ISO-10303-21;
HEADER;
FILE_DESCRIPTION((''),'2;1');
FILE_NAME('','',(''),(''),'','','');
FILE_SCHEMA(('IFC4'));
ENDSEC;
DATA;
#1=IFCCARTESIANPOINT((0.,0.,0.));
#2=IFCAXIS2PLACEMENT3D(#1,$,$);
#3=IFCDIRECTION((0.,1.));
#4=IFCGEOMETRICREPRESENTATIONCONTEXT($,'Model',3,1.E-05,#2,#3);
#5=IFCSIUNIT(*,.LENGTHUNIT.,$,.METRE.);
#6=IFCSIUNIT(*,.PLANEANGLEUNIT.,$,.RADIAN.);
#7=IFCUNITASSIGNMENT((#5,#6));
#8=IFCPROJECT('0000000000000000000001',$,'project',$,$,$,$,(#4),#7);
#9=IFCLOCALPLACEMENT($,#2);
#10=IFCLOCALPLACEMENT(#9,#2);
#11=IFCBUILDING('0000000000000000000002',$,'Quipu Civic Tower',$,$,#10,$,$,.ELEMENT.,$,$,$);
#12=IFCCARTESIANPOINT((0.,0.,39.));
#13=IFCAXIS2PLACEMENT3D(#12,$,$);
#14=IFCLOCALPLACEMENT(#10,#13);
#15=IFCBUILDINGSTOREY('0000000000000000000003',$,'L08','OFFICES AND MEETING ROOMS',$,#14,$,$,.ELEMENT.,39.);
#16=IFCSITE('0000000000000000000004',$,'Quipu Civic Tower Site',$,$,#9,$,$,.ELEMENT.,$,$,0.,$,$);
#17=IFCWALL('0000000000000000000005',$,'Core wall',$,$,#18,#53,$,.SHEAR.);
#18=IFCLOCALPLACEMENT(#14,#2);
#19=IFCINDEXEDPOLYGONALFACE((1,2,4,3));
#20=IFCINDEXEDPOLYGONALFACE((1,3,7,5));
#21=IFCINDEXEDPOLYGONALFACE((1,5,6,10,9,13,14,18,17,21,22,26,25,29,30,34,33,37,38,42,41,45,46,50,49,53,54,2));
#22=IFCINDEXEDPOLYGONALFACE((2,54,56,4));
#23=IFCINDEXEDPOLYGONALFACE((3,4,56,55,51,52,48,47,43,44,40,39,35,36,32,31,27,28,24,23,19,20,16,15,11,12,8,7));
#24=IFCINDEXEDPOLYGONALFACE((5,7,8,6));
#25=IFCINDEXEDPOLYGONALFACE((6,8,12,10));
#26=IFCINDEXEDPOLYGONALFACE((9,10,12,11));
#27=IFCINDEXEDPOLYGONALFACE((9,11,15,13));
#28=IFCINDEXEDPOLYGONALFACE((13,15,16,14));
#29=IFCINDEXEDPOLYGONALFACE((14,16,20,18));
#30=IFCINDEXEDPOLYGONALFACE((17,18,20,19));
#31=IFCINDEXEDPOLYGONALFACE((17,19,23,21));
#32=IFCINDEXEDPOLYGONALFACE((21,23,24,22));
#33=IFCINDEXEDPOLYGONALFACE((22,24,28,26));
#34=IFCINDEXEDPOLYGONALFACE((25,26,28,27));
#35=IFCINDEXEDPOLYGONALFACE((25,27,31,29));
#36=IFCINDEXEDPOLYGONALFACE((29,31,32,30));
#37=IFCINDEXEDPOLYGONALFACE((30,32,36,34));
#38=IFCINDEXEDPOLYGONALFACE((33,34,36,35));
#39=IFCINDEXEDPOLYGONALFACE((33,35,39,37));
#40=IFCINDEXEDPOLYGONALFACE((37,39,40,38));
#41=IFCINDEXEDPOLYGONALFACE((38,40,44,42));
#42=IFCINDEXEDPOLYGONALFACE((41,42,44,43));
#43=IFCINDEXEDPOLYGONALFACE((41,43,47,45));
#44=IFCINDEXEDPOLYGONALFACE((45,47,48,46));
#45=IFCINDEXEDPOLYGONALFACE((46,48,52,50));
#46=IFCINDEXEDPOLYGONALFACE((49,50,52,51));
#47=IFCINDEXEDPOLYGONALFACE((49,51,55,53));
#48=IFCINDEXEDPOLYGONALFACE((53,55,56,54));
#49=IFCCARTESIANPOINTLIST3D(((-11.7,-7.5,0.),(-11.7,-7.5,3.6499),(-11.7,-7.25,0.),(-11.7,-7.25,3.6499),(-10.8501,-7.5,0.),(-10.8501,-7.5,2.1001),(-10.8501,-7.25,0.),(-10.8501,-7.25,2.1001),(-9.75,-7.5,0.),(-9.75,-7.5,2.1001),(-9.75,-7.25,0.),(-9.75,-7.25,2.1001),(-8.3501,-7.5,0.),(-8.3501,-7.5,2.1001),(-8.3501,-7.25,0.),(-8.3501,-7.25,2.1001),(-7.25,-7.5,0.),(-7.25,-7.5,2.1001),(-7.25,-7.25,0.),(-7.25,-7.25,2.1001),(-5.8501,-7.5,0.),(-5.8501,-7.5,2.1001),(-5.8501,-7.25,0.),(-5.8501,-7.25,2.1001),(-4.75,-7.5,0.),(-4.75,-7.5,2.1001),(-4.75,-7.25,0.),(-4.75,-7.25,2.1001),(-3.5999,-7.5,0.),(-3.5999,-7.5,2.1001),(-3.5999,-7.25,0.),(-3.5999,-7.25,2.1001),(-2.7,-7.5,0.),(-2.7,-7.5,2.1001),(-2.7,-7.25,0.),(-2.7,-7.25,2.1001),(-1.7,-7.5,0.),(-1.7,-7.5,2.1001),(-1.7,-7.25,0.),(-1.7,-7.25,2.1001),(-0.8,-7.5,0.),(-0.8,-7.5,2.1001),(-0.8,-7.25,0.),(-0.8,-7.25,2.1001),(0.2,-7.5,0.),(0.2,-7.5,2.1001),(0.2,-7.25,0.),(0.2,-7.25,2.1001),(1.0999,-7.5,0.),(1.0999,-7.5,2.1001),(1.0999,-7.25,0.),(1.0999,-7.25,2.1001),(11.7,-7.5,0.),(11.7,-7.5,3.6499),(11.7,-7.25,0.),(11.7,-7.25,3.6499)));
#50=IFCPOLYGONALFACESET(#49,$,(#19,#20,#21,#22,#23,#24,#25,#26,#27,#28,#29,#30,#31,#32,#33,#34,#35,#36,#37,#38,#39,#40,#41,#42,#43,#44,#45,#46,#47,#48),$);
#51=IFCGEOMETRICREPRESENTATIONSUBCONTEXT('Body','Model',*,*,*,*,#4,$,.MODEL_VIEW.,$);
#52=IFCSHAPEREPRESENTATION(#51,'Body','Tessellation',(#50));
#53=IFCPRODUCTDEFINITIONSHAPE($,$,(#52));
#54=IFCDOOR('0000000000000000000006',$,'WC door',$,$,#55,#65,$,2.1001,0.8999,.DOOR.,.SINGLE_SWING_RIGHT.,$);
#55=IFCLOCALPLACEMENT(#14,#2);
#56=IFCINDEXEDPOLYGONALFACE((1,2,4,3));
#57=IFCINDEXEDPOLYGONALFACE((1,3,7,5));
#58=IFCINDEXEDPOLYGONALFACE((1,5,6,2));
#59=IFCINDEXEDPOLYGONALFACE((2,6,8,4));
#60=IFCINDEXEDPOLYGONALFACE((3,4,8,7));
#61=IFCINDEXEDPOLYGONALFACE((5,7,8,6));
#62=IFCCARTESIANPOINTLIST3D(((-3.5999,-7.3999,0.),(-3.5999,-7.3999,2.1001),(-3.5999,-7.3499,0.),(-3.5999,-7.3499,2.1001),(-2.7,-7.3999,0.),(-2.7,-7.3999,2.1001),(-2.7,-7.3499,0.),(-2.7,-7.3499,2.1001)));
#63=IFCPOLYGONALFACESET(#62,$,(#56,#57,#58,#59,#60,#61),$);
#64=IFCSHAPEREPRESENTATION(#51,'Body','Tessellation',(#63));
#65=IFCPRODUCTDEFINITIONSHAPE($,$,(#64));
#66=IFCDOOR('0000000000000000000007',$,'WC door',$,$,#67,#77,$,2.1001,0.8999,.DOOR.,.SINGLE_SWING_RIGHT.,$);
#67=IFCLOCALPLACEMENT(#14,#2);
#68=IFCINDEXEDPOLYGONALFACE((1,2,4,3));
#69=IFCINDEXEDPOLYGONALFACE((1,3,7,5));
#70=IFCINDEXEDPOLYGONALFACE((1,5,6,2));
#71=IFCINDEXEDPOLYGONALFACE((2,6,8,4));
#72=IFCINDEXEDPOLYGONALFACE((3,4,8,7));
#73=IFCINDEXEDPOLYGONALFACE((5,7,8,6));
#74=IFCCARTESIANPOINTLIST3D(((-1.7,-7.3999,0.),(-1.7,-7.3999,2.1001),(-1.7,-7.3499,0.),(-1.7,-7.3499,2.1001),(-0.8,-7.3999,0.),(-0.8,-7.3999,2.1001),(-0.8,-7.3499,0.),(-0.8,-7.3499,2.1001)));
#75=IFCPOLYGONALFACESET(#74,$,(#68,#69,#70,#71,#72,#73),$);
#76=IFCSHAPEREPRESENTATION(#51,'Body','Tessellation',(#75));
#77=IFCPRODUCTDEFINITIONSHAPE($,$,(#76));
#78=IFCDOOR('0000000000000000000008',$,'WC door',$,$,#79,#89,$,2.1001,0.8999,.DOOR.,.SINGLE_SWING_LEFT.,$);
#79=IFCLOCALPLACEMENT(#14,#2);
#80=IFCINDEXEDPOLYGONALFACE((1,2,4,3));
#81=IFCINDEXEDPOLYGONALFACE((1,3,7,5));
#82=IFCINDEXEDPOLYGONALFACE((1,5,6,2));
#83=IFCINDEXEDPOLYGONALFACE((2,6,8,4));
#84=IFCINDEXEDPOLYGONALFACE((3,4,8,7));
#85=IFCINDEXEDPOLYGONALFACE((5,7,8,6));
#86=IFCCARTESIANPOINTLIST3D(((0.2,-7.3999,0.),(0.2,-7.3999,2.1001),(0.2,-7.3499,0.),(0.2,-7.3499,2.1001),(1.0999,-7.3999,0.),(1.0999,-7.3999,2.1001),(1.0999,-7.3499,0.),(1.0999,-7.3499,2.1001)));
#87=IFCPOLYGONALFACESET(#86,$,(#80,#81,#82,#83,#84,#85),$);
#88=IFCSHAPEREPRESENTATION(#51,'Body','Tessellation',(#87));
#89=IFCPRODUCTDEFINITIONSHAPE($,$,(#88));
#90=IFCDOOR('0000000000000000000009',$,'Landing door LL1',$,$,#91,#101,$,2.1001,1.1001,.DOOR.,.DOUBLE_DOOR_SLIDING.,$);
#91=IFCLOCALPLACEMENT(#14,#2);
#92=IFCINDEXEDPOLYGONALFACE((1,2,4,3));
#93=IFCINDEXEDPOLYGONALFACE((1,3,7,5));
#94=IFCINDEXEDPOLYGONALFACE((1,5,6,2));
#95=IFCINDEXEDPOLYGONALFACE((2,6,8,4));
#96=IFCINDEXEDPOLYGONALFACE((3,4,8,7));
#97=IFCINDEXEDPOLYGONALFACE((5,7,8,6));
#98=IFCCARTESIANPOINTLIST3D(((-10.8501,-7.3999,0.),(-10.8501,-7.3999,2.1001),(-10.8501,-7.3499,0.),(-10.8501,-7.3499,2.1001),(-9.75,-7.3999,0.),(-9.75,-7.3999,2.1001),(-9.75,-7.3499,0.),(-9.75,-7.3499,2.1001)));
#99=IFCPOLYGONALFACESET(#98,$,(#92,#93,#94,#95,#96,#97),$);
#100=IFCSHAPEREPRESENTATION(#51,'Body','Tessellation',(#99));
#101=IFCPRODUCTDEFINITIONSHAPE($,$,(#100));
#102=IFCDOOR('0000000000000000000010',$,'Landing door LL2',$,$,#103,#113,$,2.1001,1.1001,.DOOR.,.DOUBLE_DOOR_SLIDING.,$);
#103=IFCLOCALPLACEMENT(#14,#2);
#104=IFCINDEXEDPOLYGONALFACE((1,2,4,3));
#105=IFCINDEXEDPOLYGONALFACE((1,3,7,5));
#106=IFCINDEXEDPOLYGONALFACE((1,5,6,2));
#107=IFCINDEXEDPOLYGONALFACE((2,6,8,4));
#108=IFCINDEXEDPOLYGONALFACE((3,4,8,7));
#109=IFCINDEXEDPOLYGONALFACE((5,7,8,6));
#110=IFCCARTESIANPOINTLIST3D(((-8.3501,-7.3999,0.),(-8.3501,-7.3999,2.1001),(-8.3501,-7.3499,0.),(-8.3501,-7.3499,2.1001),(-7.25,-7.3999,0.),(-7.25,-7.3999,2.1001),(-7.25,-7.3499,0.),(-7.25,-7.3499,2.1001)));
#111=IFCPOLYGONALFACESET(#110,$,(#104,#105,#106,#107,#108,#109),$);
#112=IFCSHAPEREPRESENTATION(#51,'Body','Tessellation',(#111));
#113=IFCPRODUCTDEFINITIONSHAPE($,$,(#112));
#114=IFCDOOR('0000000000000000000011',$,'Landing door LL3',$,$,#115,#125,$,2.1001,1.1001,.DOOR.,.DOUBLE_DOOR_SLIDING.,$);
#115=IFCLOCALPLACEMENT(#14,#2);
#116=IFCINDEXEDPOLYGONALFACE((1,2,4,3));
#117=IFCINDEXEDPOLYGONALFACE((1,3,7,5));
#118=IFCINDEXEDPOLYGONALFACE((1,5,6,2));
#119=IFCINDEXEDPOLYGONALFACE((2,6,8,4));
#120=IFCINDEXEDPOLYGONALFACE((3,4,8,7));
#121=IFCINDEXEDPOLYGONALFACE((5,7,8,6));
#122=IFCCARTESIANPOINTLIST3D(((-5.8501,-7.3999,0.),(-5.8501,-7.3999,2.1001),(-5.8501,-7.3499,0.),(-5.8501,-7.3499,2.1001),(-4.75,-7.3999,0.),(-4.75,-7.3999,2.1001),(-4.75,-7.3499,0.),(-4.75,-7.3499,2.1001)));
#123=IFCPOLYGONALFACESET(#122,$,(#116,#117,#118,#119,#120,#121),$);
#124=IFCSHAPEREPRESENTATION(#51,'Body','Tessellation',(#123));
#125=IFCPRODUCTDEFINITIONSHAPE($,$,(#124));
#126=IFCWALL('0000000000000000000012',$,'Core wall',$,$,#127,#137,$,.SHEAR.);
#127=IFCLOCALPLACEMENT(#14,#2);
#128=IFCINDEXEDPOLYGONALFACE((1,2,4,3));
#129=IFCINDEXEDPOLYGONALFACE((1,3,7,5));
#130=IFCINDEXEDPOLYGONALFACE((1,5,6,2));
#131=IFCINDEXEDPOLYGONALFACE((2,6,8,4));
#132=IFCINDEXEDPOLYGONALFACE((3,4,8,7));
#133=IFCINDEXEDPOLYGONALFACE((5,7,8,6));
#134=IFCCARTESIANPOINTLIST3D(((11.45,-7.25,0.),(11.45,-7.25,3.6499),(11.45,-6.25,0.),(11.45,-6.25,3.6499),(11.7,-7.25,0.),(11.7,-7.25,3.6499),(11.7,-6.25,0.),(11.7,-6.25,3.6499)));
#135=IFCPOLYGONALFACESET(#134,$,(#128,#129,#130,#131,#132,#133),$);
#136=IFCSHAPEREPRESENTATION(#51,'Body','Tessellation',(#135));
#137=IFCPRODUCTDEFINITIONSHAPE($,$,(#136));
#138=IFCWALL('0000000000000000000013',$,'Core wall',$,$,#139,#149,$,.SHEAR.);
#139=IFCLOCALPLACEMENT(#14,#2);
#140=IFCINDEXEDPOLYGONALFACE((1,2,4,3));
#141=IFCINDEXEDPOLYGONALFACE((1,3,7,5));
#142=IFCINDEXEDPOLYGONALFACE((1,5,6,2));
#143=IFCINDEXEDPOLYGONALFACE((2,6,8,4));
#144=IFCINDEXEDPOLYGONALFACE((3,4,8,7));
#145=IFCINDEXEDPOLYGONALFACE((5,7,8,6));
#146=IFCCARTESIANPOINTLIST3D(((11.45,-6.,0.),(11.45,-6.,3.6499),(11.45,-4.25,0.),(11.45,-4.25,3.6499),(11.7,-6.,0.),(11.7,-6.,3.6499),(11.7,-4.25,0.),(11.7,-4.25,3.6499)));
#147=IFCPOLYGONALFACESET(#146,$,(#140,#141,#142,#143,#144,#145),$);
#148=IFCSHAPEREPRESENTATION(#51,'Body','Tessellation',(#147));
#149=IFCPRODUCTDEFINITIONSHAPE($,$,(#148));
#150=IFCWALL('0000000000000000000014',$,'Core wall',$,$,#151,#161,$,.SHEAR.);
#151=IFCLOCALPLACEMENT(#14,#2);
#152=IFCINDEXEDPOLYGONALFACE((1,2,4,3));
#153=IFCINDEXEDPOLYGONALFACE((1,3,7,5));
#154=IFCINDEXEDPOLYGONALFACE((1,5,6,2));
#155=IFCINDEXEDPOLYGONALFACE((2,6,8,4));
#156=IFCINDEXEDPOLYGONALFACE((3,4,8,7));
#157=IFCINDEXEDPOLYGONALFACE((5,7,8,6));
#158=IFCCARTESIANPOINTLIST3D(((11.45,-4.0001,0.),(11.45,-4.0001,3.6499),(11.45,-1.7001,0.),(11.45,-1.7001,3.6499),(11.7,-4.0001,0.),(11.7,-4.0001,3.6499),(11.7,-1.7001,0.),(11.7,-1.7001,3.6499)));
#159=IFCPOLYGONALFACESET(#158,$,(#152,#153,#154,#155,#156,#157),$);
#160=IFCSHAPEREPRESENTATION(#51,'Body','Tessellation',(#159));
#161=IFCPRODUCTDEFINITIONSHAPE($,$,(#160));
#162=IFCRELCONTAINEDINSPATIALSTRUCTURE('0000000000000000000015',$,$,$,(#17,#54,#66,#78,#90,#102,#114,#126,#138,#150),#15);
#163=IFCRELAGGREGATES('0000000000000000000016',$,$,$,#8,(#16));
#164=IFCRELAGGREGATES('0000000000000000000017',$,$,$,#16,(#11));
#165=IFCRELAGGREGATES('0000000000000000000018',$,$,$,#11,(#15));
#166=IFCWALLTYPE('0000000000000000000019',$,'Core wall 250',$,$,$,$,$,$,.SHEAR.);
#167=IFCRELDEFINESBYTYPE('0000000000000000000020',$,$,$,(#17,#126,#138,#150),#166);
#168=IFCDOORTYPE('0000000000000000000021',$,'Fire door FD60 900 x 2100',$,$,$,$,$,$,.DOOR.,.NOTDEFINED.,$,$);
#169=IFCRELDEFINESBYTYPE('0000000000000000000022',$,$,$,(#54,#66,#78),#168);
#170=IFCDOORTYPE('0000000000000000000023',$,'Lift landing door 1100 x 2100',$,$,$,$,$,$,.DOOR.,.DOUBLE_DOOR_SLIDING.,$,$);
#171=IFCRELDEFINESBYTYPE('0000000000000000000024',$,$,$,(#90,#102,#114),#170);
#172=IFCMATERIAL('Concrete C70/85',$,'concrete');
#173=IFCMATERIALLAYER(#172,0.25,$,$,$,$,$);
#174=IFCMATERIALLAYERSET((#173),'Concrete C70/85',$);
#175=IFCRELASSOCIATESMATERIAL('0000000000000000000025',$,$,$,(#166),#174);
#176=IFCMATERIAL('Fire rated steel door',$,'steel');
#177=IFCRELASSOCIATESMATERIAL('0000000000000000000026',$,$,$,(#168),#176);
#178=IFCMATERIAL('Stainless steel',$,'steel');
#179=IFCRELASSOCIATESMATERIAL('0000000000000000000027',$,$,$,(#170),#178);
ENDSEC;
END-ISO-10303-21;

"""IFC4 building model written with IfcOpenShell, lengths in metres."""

from ifc_helpers import new_model, si_unit, direction, frame, frame_2d, origin, place, context, subcontext, project, spatial, rectangle, extrude, material, layer, layer_set, type_object, element, fill, save


model = new_model("IFC4")

# Units and contexts
model_context = context("Model", 3, precision=1e-05, world=origin(), true_north=direction((0.0, 1.0)))
body_context = subcontext(model_context, "Body", "Model", "MODEL_VIEW")
ifc_project = project(units=[si_unit("LENGTHUNIT", "METRE"), si_unit("PLANEANGLEUNIT", "RADIAN")], contexts=[model_context])

# Site, building, storey
site_placement = place(None, origin())
site = spatial("IfcSite", under=ifc_project, at=site_placement, Name="Quipu Civic Tower Site", CompositionType="ELEMENT", RefElevation=0.0)
building_placement = place(site_placement, origin())
building = spatial("IfcBuilding", under=site, at=building_placement, Name="Quipu Civic Tower", CompositionType="ELEMENT")
storey_placement = place(building_placement, frame((0.0, 0.0, 39.0)))
storey = spatial("IfcBuildingStorey", under=building, at=storey_placement, Name="L08", Description="OFFICES AND MEETING ROOMS", CompositionType="ELEMENT", Elevation=39.0)

# Shared definitions
ifc_material_1 = material(Name="Concrete C70/85", Category="concrete")
ifc_layer_1 = layer(ifc_material_1, 0.25)
ifc_layer_set_1 = layer_set([ifc_layer_1], Name="Concrete C70/85")
wall_type_1 = type_object("IfcWallType", Name="Core wall 250", PredefinedType="SHEAR", material=ifc_layer_set_1)

# Wall, openings, doors
wall_1_placement = place(storey_placement, frame((11.7, -7.375, 0.0), z_axis=(0.0, 0.0, 1.0), x_axis=(-1.0, 0.0, 0.0)))
wall_1 = element("IfcWall", 1, at=wall_1_placement, inside=storey, type_object=wall_type_1, Name="Core wall", PredefinedType="SHEAR", context=body_context, shape_type="SweptSolid", body=[
    extrude(rectangle(XDim=23.3999, YDim=0.25, at=frame_2d((11.7, 0.0))), origin(), (0.0, 0.0, 1.0), 3.6499),
])
opening_1_placement = place(wall_1_placement, frame((21.45, 0.0, 0.0)))
opening_1 = element("IfcOpeningElement", 2, at=opening_1_placement, cuts=wall_1, PredefinedType="OPENING", context=body_context, shape_type="SweptSolid", body=[
    extrude(rectangle(XDim=1.1001, YDim=2.1001, at=frame_2d((0.55, 1.05))), frame((0.0, 0.135, 0.0), z_axis=(0.0, -1.0, 0.0), x_axis=(1.0, 0.0, 0.0)), (0.0, 0.0, 1.0), 0.27),
])
opening_2_placement = place(wall_1_placement, frame((18.95, 0.0, 0.0)))
opening_2 = element("IfcOpeningElement", 3, at=opening_2_placement, cuts=wall_1, PredefinedType="OPENING", context=body_context, shape_type="SweptSolid", body=[
    extrude(rectangle(XDim=1.1001, YDim=2.1001, at=frame_2d((0.55, 1.05))), frame((0.0, 0.135, 0.0), z_axis=(0.0, -1.0, 0.0), x_axis=(1.0, 0.0, 0.0)), (0.0, 0.0, 1.0), 0.27),
])
opening_3_placement = place(wall_1_placement, frame((16.45, 0.0, 0.0)))
opening_3 = element("IfcOpeningElement", 4, at=opening_3_placement, cuts=wall_1, PredefinedType="OPENING", context=body_context, shape_type="SweptSolid", body=[
    extrude(rectangle(XDim=1.1001, YDim=2.1001, at=frame_2d((0.55, 1.05))), frame((0.0, 0.135, 0.0), z_axis=(0.0, -1.0, 0.0), x_axis=(1.0, 0.0, 0.0)), (0.0, 0.0, 1.0), 0.27),
])
opening_4_placement = place(wall_1_placement, frame((14.3999, 0.0, 0.0)))
opening_4 = element("IfcOpeningElement", 5, at=opening_4_placement, cuts=wall_1, PredefinedType="OPENING", context=body_context, shape_type="SweptSolid", body=[
    extrude(rectangle(XDim=0.8999, YDim=2.1001, at=frame_2d((0.45, 1.05))), frame((0.0, 0.135, 0.0), z_axis=(0.0, -1.0, 0.0), x_axis=(1.0, 0.0, 0.0)), (0.0, 0.0, 1.0), 0.27),
])
opening_5_placement = place(wall_1_placement, frame((12.5, 0.0, 0.0)))
opening_5 = element("IfcOpeningElement", 6, at=opening_5_placement, cuts=wall_1, PredefinedType="OPENING", context=body_context, shape_type="SweptSolid", body=[
    extrude(rectangle(XDim=0.8999, YDim=2.1001, at=frame_2d((0.45, 1.05))), frame((0.0, 0.135, 0.0), z_axis=(0.0, -1.0, 0.0), x_axis=(1.0, 0.0, 0.0)), (0.0, 0.0, 1.0), 0.27),
])
opening_6_placement = place(wall_1_placement, frame((10.6001, 0.0, 0.0)))
opening_6 = element("IfcOpeningElement", 7, at=opening_6_placement, cuts=wall_1, PredefinedType="OPENING", context=body_context, shape_type="SweptSolid", body=[
    extrude(rectangle(XDim=0.8999, YDim=2.1001, at=frame_2d((0.45, 1.05))), frame((0.0, 0.135, 0.0), z_axis=(0.0, -1.0, 0.0), x_axis=(1.0, 0.0, 0.0)), (0.0, 0.0, 1.0), 0.27),
])
ifc_material_2 = material(Name="Fire rated steel door", Category="steel")
door_type_1 = type_object("IfcDoorType", Name="Fire door FD60 900 x 2100", OperationType="NOTDEFINED", PredefinedType="DOOR", material=ifc_material_2)
door_1_placement = place(opening_4_placement, origin())
door_1 = element("IfcDoor", 8, at=door_1_placement, inside=storey, type_object=door_type_1, Name="WC door", OperationType="SINGLE_SWING_RIGHT", OverallHeight=2.1001, OverallWidth=0.8999, PredefinedType="DOOR", context=body_context, shape_type="SweptSolid", body=[
    extrude(rectangle(XDim=0.8999, YDim=2.1001, at=frame_2d((0.45, 1.05))), frame((0.0, 0.0249, 0.0), z_axis=(0.0, -1.0, 0.0), x_axis=(1.0, 0.0, 0.0)), (0.0, 0.0, 1.0), 0.05),
])
fill(opening_4, door_1)
door_2_placement = place(opening_5_placement, origin())
door_2 = element("IfcDoor", 9, at=door_2_placement, inside=storey, type_object=door_type_1, Name="WC door", OperationType="SINGLE_SWING_RIGHT", OverallHeight=2.1001, OverallWidth=0.8999, PredefinedType="DOOR", context=body_context, shape_type="SweptSolid", body=[
    extrude(rectangle(XDim=0.8999, YDim=2.1001, at=frame_2d((0.45, 1.05))), frame((0.0, 0.0249, 0.0), z_axis=(0.0, -1.0, 0.0), x_axis=(1.0, 0.0, 0.0)), (0.0, 0.0, 1.0), 0.05),
])
fill(opening_5, door_2)
door_3_placement = place(opening_6_placement, origin())
door_3 = element("IfcDoor", 10, at=door_3_placement, inside=storey, type_object=door_type_1, Name="WC door", OperationType="SINGLE_SWING_LEFT", OverallHeight=2.1001, OverallWidth=0.8999, PredefinedType="DOOR", context=body_context, shape_type="SweptSolid", body=[
    extrude(rectangle(XDim=0.8999, YDim=2.1001, at=frame_2d((0.45, 1.05))), frame((0.0, 0.0249, 0.0), z_axis=(0.0, -1.0, 0.0), x_axis=(1.0, 0.0, 0.0)), (0.0, 0.0, 1.0), 0.05),
])
fill(opening_6, door_3)
ifc_material_3 = material(Name="Stainless steel", Category="steel")
door_type_2 = type_object("IfcDoorType", Name="Lift landing door 1100 x 2100", OperationType="DOUBLE_DOOR_SLIDING", PredefinedType="DOOR", material=ifc_material_3)
door_4_placement = place(opening_1_placement, origin())
door_4 = element("IfcDoor", 11, at=door_4_placement, inside=storey, type_object=door_type_2, Name="Landing door LL1", OperationType="DOUBLE_DOOR_SLIDING", OverallHeight=2.1001, OverallWidth=1.1001, PredefinedType="DOOR", context=body_context, shape_type="SweptSolid", body=[
    extrude(rectangle(XDim=1.1001, YDim=2.1001, at=frame_2d((0.55, 1.05))), frame((0.0, 0.0249, 0.0), z_axis=(0.0, -1.0, 0.0), x_axis=(1.0, 0.0, 0.0)), (0.0, 0.0, 1.0), 0.05),
])
fill(opening_1, door_4)
door_5_placement = place(opening_2_placement, origin())
door_5 = element("IfcDoor", 12, at=door_5_placement, inside=storey, type_object=door_type_2, Name="Landing door LL2", OperationType="DOUBLE_DOOR_SLIDING", OverallHeight=2.1001, OverallWidth=1.1001, PredefinedType="DOOR", context=body_context, shape_type="SweptSolid", body=[
    extrude(rectangle(XDim=1.1001, YDim=2.1001, at=frame_2d((0.55, 1.05))), frame((0.0, 0.0249, 0.0), z_axis=(0.0, -1.0, 0.0), x_axis=(1.0, 0.0, 0.0)), (0.0, 0.0, 1.0), 0.05),
])
fill(opening_2, door_5)
door_6_placement = place(opening_3_placement, origin())
door_6 = element("IfcDoor", 13, at=door_6_placement, inside=storey, type_object=door_type_2, Name="Landing door LL3", OperationType="DOUBLE_DOOR_SLIDING", OverallHeight=2.1001, OverallWidth=1.1001, PredefinedType="DOOR", context=body_context, shape_type="SweptSolid", body=[
    extrude(rectangle(XDim=1.1001, YDim=2.1001, at=frame_2d((0.55, 1.05))), frame((0.0, 0.0249, 0.0), z_axis=(0.0, -1.0, 0.0), x_axis=(1.0, 0.0, 0.0)), (0.0, 0.0, 1.0), 0.05),
])
fill(opening_3, door_6)

# Walls
wall_2_placement = place(storey_placement, frame((11.575, -7.25, 0.0), z_axis=(0.0, 0.0, 1.0), x_axis=(0.0, 1.0, 0.0)))
element("IfcWall", 14, at=wall_2_placement, inside=storey, type_object=wall_type_1, Name="Core wall", PredefinedType="SHEAR", context=body_context, shape_type="SweptSolid", body=[
    extrude(rectangle(XDim=1.0, YDim=0.25, at=frame_2d((0.5, 0.0))), origin(), (0.0, 0.0, 1.0), 3.6499),
])
wall_3_placement = place(storey_placement, frame((11.575, -6.0, 0.0), z_axis=(0.0, 0.0, 1.0), x_axis=(0.0, 1.0, 0.0)))
element("IfcWall", 15, at=wall_3_placement, inside=storey, type_object=wall_type_1, Name="Core wall", PredefinedType="SHEAR", context=body_context, shape_type="SweptSolid", body=[
    extrude(rectangle(XDim=1.75, YDim=0.25, at=frame_2d((0.875, 0.0))), origin(), (0.0, 0.0, 1.0), 3.6499),
])
wall_4_placement = place(storey_placement, frame((11.575, -4.0, 0.0), z_axis=(0.0, 0.0, 1.0), x_axis=(0.0, 1.0, 0.0)))
element("IfcWall", 16, at=wall_4_placement, inside=storey, type_object=wall_type_1, Name="Core wall", PredefinedType="SHEAR", context=body_context, shape_type="SweptSolid", body=[
    extrude(rectangle(XDim=2.3, YDim=0.25, at=frame_2d((1.1499, 0.0))), origin(), (0.0, 0.0, 1.0), 3.6499),
])

save(model, "model.ifc")
